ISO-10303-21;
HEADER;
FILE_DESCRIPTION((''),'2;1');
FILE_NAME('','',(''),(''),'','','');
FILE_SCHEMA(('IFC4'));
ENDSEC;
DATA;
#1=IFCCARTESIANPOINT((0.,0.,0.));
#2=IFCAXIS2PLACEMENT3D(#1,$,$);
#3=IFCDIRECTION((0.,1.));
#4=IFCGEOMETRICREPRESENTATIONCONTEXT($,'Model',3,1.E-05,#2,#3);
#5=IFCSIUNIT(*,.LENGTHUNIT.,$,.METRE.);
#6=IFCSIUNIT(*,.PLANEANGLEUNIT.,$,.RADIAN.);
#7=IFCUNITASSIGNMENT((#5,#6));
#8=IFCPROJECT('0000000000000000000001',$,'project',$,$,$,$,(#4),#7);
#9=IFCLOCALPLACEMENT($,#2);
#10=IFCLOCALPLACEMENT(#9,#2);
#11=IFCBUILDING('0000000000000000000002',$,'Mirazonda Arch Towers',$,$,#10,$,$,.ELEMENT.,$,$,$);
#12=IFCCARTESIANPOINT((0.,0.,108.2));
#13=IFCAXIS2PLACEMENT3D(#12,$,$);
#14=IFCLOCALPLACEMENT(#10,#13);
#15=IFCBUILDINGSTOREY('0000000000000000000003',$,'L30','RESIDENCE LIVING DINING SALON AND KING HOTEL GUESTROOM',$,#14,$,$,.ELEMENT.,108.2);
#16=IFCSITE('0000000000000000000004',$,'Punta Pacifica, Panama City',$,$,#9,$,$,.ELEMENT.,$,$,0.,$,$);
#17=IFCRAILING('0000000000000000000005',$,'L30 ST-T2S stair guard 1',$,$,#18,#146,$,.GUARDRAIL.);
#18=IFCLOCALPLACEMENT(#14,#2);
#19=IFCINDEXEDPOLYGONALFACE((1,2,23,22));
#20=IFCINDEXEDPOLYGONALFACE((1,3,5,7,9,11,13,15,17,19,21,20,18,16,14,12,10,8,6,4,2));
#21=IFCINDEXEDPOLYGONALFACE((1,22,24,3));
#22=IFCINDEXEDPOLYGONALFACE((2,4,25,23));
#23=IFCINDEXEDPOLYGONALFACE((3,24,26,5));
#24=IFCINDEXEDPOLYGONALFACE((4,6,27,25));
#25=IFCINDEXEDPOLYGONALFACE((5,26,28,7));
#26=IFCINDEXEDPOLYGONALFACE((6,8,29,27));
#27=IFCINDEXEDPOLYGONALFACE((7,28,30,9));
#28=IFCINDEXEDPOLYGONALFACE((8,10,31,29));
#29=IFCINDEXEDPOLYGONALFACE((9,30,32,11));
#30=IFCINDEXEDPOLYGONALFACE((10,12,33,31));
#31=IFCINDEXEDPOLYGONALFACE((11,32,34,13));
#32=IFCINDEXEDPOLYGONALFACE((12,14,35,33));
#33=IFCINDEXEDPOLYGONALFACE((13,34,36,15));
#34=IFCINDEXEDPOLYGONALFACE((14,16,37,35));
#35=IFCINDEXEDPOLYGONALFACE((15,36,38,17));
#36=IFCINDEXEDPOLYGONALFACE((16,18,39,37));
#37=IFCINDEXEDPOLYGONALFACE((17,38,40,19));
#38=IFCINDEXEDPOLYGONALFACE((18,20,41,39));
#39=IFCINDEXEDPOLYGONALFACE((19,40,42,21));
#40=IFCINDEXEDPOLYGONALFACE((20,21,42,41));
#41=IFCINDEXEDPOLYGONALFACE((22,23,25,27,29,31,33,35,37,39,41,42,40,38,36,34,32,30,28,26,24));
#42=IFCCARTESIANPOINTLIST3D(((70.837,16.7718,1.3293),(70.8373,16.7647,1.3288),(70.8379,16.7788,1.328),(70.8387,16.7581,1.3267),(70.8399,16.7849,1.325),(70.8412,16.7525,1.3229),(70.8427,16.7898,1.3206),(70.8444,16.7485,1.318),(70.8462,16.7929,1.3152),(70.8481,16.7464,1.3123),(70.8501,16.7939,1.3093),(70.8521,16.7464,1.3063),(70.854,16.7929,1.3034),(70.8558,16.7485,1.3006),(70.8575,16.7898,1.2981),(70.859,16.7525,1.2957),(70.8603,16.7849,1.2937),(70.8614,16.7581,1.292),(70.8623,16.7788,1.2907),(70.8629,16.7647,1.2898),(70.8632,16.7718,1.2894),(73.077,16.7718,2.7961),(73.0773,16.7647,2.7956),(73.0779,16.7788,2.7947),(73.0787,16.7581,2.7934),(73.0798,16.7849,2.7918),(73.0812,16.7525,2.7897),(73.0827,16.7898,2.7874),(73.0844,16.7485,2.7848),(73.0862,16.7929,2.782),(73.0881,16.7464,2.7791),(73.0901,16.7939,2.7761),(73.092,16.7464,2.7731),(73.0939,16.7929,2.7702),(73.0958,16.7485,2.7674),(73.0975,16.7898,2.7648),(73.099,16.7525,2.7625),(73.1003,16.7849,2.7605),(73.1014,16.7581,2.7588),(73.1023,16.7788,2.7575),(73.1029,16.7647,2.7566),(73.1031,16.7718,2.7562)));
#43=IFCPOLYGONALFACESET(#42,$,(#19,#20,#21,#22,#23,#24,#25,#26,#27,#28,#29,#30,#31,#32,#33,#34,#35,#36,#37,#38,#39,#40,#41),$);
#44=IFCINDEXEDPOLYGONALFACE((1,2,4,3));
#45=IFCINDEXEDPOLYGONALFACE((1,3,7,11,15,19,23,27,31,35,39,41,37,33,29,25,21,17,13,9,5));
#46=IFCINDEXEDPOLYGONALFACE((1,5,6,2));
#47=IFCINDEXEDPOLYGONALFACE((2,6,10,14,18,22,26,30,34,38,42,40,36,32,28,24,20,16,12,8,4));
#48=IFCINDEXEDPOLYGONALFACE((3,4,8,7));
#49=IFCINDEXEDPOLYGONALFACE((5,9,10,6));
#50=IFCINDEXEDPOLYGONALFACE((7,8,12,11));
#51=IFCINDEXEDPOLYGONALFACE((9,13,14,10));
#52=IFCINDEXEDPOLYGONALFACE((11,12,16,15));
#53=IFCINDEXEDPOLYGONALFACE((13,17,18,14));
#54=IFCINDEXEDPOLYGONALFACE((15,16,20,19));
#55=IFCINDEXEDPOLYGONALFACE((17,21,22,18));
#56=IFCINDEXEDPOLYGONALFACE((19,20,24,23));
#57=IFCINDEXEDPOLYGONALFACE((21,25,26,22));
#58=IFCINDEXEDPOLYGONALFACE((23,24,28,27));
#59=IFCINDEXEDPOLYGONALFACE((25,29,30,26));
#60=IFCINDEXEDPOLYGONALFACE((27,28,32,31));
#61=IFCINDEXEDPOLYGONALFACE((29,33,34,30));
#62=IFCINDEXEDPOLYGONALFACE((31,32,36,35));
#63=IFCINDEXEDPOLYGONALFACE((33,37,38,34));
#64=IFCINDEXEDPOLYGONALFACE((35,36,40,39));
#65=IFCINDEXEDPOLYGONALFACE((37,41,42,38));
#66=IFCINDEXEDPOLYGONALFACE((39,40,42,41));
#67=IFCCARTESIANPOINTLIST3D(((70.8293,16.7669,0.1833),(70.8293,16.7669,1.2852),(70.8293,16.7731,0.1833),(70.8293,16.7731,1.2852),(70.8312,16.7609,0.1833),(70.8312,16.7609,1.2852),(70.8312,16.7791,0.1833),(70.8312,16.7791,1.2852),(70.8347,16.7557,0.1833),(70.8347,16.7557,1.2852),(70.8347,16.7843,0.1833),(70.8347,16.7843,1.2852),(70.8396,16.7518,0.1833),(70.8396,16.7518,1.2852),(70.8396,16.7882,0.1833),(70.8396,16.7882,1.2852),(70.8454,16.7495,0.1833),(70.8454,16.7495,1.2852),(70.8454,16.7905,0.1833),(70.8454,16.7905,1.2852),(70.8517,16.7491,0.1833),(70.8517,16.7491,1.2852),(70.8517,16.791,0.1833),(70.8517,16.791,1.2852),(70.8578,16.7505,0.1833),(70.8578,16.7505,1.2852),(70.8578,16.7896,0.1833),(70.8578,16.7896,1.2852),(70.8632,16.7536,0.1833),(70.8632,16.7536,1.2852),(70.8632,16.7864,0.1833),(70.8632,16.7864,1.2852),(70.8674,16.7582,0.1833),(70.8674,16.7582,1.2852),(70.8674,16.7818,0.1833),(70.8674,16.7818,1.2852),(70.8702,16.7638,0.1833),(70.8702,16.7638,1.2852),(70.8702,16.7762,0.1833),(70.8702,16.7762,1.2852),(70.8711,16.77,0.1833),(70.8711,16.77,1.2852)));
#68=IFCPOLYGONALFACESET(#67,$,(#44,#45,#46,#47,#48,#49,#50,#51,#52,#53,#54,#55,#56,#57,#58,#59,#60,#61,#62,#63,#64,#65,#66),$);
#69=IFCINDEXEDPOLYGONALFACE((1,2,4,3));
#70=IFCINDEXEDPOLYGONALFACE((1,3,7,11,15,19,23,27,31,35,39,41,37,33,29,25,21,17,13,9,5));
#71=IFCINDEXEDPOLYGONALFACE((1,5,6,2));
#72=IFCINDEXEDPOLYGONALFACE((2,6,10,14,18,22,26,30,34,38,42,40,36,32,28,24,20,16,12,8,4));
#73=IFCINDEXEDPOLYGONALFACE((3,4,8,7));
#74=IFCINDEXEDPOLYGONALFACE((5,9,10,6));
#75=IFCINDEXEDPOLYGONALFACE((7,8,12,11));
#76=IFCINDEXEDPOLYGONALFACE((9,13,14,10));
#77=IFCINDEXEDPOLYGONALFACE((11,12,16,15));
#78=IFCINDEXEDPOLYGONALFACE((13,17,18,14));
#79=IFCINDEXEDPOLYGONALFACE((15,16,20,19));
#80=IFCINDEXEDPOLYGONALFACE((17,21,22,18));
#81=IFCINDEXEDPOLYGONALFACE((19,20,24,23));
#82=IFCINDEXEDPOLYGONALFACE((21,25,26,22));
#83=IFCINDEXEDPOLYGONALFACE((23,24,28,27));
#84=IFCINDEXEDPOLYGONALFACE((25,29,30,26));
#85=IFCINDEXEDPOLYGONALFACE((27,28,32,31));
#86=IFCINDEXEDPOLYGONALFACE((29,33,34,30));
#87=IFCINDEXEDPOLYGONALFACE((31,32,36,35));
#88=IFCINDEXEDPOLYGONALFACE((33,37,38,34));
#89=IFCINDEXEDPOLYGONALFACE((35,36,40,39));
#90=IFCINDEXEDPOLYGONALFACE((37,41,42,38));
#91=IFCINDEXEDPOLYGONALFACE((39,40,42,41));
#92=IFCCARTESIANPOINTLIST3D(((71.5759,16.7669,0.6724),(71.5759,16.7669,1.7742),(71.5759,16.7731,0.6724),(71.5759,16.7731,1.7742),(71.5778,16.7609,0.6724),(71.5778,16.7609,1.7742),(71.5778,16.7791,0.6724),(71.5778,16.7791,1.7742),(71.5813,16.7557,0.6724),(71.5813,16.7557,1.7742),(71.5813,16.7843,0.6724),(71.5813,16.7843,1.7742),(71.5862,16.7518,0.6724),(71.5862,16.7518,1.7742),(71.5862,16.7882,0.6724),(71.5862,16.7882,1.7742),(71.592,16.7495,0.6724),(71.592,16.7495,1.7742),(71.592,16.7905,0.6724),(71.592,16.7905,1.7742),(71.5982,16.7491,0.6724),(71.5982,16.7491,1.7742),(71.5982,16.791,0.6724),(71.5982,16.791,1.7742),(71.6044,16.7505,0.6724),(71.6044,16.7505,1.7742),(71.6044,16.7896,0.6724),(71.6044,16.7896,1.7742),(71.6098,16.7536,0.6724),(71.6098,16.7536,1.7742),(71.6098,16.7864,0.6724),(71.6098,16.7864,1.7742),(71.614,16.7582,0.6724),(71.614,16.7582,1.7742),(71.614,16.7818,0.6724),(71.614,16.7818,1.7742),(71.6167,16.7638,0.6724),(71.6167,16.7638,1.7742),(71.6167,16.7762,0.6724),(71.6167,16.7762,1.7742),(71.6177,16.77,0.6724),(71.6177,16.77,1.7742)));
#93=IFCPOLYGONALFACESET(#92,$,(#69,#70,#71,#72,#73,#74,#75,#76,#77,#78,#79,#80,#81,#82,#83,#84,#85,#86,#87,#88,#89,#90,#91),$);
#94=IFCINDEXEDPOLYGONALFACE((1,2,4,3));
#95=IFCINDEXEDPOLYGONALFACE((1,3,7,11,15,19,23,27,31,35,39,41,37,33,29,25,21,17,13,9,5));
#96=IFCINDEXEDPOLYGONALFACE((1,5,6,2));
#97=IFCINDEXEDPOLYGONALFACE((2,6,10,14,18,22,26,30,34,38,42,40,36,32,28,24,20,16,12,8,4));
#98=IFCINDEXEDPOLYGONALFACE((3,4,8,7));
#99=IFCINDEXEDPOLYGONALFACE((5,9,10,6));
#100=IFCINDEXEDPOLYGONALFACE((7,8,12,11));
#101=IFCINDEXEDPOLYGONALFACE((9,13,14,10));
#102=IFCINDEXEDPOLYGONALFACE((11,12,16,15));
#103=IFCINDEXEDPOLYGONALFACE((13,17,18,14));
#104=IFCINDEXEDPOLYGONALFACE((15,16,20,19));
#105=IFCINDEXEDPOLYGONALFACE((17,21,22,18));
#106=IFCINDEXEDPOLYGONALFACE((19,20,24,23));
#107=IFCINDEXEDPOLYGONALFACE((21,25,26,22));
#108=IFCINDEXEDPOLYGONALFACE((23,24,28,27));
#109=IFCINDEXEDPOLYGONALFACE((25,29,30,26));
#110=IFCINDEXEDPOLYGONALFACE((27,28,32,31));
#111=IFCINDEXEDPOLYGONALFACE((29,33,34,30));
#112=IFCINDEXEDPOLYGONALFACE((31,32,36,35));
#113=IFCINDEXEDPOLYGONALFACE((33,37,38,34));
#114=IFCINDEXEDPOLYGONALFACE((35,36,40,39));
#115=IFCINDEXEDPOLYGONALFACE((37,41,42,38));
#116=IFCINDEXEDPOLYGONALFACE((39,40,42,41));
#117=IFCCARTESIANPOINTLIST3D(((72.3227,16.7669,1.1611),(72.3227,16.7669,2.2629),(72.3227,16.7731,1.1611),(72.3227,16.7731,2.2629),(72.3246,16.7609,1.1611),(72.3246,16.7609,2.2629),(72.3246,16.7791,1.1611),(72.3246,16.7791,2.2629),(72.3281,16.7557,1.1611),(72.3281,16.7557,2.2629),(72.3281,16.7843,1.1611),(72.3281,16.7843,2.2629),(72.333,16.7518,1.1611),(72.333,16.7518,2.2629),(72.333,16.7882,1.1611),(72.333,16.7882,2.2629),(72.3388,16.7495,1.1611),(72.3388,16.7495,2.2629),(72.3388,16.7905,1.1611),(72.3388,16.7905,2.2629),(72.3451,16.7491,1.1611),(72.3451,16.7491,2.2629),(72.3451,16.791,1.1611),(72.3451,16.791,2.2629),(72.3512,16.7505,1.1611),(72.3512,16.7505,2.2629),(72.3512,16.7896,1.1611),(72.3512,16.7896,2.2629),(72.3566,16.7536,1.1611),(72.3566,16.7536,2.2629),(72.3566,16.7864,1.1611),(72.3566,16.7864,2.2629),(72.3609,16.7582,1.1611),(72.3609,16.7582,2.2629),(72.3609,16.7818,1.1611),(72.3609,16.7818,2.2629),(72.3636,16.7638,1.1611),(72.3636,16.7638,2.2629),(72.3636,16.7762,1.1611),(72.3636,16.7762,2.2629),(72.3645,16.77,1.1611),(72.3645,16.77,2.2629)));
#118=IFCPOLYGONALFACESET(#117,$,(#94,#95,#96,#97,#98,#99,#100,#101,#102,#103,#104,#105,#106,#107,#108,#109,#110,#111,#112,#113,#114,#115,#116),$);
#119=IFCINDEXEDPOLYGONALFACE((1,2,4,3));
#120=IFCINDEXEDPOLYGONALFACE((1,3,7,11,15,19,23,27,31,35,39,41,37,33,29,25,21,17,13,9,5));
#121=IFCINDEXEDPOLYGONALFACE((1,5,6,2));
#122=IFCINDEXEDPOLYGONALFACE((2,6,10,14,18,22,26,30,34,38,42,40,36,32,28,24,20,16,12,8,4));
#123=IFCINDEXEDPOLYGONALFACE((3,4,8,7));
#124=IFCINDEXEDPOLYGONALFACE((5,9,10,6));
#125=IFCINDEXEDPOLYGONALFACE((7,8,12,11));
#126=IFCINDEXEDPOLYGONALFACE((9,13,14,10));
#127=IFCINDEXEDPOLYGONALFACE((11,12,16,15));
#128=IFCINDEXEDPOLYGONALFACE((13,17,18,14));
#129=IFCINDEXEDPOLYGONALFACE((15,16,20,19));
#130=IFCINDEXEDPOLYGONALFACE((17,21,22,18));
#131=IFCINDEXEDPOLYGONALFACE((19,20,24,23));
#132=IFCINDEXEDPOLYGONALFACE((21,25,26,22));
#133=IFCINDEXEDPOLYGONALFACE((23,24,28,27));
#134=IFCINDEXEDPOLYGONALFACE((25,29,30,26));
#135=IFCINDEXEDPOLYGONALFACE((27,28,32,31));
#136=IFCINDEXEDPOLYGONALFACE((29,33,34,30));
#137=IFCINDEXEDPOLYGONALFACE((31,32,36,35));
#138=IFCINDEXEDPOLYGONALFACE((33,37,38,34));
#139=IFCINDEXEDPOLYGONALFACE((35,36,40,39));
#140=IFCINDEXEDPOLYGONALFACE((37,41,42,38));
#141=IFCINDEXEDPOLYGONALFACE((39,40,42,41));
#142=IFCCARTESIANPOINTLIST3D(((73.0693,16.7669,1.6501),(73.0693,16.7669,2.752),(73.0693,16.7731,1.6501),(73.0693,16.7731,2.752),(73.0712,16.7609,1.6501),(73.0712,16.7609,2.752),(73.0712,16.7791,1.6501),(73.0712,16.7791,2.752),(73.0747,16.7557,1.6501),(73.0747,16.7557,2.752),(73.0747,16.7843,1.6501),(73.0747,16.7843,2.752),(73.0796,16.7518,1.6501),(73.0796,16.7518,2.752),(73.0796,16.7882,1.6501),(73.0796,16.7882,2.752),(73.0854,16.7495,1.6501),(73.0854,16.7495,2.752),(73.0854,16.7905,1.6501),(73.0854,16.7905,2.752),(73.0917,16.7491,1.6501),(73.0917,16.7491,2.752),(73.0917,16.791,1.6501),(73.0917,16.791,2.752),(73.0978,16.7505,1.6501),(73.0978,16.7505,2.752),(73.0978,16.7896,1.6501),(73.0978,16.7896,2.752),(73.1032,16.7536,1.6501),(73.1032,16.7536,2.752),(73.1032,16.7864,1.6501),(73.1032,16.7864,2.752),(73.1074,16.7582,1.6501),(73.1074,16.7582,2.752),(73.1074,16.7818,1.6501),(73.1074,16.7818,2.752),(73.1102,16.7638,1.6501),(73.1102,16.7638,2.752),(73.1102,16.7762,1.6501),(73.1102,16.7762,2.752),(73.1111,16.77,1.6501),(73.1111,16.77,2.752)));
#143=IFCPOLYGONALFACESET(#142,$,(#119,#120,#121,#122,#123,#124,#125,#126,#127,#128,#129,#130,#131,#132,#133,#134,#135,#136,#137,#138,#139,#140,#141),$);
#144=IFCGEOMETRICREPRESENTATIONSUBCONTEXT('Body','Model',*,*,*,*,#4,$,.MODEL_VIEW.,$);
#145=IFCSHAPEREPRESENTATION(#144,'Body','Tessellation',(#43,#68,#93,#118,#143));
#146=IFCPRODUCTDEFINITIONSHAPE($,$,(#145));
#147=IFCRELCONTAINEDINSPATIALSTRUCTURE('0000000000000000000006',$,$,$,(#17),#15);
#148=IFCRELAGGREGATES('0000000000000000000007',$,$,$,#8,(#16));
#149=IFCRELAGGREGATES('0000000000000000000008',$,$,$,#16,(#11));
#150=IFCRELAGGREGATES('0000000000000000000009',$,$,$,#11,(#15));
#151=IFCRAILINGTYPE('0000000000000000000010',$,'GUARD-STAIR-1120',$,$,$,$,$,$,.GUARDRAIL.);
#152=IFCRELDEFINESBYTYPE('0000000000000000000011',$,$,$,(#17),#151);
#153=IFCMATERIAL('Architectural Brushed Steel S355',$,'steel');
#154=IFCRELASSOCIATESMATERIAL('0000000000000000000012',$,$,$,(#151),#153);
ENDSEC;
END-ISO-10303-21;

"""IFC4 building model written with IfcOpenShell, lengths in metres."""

from ifc_helpers import new_model, si_unit, direction, frame, origin, origin_2d, place, context, subcontext, project, spatial, circle, extrude, material, type_object, element, save


model = new_model("IFC4")

# Units and contexts
model_context = context("Model", 3, precision=1e-05, world=origin(), true_north=direction((0.0, 1.0)))
body_context = subcontext(model_context, "Body", "Model", "MODEL_VIEW")
ifc_project = project(units=[si_unit("LENGTHUNIT", "METRE"), si_unit("PLANEANGLEUNIT", "RADIAN")], contexts=[model_context])

# Site, building, storey
site_placement = place(None, origin())
site = spatial("IfcSite", under=ifc_project, at=site_placement, Name="Punta Pacifica, Panama City", CompositionType="ELEMENT", RefElevation=0.0)
building_placement = place(site_placement, origin())
building = spatial("IfcBuilding", under=site, at=building_placement, Name="Mirazonda Arch Towers", CompositionType="ELEMENT")
storey_placement = place(building_placement, frame((0.0, 0.0, 108.2)))
storey = spatial("IfcBuildingStorey", under=building, at=storey_placement, Name="L30", Description="RESIDENCE LIVING DINING SALON AND KING HOTEL GUESTROOM", CompositionType="ELEMENT", Elevation=108.2)

# Shared definitions
ifc_material_1 = material(Name="Architectural Brushed Steel S355", Category="steel")

# Railing
railing_type = type_object("IfcRailingType", Name="GUARD-STAIR-1120", PredefinedType="GUARDRAIL", material=ifc_material_1)
railing_1_placement = place(storey_placement, frame((70.8501, 16.77, 0.1833)))
element("IfcRailing", 1, at=railing_1_placement, inside=storey, type_object=railing_type, Name="L30 ST-T2S stair guard 1", PredefinedType="GUARDRAIL", context=body_context, shape_type="SweptSolid", body=[
    extrude(circle(Radius=0.0239, at=origin_2d()), frame((0.0, 0.0, 1.126), z_axis=(0.836595, 0.0, 0.547822), x_axis=(0.0, 1.0, 0.0)), (0.0, 0.0, 1.0), 2.6775),
    extrude(circle(Radius=0.021, at=origin_2d()), origin(), (0.0, 0.0, 1.0), 1.1018),
    extrude(circle(Radius=0.021, at=origin_2d()), frame((0.7466, 0.0, 0.489)), (0.0, 0.0, 1.0), 1.1018),
    extrude(circle(Radius=0.021, at=origin_2d()), frame((1.4934, 0.0, 0.9778)), (0.0, 0.0, 1.0), 1.1018),
    extrude(circle(Radius=0.021, at=origin_2d()), frame((2.24, 0.0, 1.4668)), (0.0, 0.0, 1.0), 1.1018),
])

save(model, "model.ifc")
